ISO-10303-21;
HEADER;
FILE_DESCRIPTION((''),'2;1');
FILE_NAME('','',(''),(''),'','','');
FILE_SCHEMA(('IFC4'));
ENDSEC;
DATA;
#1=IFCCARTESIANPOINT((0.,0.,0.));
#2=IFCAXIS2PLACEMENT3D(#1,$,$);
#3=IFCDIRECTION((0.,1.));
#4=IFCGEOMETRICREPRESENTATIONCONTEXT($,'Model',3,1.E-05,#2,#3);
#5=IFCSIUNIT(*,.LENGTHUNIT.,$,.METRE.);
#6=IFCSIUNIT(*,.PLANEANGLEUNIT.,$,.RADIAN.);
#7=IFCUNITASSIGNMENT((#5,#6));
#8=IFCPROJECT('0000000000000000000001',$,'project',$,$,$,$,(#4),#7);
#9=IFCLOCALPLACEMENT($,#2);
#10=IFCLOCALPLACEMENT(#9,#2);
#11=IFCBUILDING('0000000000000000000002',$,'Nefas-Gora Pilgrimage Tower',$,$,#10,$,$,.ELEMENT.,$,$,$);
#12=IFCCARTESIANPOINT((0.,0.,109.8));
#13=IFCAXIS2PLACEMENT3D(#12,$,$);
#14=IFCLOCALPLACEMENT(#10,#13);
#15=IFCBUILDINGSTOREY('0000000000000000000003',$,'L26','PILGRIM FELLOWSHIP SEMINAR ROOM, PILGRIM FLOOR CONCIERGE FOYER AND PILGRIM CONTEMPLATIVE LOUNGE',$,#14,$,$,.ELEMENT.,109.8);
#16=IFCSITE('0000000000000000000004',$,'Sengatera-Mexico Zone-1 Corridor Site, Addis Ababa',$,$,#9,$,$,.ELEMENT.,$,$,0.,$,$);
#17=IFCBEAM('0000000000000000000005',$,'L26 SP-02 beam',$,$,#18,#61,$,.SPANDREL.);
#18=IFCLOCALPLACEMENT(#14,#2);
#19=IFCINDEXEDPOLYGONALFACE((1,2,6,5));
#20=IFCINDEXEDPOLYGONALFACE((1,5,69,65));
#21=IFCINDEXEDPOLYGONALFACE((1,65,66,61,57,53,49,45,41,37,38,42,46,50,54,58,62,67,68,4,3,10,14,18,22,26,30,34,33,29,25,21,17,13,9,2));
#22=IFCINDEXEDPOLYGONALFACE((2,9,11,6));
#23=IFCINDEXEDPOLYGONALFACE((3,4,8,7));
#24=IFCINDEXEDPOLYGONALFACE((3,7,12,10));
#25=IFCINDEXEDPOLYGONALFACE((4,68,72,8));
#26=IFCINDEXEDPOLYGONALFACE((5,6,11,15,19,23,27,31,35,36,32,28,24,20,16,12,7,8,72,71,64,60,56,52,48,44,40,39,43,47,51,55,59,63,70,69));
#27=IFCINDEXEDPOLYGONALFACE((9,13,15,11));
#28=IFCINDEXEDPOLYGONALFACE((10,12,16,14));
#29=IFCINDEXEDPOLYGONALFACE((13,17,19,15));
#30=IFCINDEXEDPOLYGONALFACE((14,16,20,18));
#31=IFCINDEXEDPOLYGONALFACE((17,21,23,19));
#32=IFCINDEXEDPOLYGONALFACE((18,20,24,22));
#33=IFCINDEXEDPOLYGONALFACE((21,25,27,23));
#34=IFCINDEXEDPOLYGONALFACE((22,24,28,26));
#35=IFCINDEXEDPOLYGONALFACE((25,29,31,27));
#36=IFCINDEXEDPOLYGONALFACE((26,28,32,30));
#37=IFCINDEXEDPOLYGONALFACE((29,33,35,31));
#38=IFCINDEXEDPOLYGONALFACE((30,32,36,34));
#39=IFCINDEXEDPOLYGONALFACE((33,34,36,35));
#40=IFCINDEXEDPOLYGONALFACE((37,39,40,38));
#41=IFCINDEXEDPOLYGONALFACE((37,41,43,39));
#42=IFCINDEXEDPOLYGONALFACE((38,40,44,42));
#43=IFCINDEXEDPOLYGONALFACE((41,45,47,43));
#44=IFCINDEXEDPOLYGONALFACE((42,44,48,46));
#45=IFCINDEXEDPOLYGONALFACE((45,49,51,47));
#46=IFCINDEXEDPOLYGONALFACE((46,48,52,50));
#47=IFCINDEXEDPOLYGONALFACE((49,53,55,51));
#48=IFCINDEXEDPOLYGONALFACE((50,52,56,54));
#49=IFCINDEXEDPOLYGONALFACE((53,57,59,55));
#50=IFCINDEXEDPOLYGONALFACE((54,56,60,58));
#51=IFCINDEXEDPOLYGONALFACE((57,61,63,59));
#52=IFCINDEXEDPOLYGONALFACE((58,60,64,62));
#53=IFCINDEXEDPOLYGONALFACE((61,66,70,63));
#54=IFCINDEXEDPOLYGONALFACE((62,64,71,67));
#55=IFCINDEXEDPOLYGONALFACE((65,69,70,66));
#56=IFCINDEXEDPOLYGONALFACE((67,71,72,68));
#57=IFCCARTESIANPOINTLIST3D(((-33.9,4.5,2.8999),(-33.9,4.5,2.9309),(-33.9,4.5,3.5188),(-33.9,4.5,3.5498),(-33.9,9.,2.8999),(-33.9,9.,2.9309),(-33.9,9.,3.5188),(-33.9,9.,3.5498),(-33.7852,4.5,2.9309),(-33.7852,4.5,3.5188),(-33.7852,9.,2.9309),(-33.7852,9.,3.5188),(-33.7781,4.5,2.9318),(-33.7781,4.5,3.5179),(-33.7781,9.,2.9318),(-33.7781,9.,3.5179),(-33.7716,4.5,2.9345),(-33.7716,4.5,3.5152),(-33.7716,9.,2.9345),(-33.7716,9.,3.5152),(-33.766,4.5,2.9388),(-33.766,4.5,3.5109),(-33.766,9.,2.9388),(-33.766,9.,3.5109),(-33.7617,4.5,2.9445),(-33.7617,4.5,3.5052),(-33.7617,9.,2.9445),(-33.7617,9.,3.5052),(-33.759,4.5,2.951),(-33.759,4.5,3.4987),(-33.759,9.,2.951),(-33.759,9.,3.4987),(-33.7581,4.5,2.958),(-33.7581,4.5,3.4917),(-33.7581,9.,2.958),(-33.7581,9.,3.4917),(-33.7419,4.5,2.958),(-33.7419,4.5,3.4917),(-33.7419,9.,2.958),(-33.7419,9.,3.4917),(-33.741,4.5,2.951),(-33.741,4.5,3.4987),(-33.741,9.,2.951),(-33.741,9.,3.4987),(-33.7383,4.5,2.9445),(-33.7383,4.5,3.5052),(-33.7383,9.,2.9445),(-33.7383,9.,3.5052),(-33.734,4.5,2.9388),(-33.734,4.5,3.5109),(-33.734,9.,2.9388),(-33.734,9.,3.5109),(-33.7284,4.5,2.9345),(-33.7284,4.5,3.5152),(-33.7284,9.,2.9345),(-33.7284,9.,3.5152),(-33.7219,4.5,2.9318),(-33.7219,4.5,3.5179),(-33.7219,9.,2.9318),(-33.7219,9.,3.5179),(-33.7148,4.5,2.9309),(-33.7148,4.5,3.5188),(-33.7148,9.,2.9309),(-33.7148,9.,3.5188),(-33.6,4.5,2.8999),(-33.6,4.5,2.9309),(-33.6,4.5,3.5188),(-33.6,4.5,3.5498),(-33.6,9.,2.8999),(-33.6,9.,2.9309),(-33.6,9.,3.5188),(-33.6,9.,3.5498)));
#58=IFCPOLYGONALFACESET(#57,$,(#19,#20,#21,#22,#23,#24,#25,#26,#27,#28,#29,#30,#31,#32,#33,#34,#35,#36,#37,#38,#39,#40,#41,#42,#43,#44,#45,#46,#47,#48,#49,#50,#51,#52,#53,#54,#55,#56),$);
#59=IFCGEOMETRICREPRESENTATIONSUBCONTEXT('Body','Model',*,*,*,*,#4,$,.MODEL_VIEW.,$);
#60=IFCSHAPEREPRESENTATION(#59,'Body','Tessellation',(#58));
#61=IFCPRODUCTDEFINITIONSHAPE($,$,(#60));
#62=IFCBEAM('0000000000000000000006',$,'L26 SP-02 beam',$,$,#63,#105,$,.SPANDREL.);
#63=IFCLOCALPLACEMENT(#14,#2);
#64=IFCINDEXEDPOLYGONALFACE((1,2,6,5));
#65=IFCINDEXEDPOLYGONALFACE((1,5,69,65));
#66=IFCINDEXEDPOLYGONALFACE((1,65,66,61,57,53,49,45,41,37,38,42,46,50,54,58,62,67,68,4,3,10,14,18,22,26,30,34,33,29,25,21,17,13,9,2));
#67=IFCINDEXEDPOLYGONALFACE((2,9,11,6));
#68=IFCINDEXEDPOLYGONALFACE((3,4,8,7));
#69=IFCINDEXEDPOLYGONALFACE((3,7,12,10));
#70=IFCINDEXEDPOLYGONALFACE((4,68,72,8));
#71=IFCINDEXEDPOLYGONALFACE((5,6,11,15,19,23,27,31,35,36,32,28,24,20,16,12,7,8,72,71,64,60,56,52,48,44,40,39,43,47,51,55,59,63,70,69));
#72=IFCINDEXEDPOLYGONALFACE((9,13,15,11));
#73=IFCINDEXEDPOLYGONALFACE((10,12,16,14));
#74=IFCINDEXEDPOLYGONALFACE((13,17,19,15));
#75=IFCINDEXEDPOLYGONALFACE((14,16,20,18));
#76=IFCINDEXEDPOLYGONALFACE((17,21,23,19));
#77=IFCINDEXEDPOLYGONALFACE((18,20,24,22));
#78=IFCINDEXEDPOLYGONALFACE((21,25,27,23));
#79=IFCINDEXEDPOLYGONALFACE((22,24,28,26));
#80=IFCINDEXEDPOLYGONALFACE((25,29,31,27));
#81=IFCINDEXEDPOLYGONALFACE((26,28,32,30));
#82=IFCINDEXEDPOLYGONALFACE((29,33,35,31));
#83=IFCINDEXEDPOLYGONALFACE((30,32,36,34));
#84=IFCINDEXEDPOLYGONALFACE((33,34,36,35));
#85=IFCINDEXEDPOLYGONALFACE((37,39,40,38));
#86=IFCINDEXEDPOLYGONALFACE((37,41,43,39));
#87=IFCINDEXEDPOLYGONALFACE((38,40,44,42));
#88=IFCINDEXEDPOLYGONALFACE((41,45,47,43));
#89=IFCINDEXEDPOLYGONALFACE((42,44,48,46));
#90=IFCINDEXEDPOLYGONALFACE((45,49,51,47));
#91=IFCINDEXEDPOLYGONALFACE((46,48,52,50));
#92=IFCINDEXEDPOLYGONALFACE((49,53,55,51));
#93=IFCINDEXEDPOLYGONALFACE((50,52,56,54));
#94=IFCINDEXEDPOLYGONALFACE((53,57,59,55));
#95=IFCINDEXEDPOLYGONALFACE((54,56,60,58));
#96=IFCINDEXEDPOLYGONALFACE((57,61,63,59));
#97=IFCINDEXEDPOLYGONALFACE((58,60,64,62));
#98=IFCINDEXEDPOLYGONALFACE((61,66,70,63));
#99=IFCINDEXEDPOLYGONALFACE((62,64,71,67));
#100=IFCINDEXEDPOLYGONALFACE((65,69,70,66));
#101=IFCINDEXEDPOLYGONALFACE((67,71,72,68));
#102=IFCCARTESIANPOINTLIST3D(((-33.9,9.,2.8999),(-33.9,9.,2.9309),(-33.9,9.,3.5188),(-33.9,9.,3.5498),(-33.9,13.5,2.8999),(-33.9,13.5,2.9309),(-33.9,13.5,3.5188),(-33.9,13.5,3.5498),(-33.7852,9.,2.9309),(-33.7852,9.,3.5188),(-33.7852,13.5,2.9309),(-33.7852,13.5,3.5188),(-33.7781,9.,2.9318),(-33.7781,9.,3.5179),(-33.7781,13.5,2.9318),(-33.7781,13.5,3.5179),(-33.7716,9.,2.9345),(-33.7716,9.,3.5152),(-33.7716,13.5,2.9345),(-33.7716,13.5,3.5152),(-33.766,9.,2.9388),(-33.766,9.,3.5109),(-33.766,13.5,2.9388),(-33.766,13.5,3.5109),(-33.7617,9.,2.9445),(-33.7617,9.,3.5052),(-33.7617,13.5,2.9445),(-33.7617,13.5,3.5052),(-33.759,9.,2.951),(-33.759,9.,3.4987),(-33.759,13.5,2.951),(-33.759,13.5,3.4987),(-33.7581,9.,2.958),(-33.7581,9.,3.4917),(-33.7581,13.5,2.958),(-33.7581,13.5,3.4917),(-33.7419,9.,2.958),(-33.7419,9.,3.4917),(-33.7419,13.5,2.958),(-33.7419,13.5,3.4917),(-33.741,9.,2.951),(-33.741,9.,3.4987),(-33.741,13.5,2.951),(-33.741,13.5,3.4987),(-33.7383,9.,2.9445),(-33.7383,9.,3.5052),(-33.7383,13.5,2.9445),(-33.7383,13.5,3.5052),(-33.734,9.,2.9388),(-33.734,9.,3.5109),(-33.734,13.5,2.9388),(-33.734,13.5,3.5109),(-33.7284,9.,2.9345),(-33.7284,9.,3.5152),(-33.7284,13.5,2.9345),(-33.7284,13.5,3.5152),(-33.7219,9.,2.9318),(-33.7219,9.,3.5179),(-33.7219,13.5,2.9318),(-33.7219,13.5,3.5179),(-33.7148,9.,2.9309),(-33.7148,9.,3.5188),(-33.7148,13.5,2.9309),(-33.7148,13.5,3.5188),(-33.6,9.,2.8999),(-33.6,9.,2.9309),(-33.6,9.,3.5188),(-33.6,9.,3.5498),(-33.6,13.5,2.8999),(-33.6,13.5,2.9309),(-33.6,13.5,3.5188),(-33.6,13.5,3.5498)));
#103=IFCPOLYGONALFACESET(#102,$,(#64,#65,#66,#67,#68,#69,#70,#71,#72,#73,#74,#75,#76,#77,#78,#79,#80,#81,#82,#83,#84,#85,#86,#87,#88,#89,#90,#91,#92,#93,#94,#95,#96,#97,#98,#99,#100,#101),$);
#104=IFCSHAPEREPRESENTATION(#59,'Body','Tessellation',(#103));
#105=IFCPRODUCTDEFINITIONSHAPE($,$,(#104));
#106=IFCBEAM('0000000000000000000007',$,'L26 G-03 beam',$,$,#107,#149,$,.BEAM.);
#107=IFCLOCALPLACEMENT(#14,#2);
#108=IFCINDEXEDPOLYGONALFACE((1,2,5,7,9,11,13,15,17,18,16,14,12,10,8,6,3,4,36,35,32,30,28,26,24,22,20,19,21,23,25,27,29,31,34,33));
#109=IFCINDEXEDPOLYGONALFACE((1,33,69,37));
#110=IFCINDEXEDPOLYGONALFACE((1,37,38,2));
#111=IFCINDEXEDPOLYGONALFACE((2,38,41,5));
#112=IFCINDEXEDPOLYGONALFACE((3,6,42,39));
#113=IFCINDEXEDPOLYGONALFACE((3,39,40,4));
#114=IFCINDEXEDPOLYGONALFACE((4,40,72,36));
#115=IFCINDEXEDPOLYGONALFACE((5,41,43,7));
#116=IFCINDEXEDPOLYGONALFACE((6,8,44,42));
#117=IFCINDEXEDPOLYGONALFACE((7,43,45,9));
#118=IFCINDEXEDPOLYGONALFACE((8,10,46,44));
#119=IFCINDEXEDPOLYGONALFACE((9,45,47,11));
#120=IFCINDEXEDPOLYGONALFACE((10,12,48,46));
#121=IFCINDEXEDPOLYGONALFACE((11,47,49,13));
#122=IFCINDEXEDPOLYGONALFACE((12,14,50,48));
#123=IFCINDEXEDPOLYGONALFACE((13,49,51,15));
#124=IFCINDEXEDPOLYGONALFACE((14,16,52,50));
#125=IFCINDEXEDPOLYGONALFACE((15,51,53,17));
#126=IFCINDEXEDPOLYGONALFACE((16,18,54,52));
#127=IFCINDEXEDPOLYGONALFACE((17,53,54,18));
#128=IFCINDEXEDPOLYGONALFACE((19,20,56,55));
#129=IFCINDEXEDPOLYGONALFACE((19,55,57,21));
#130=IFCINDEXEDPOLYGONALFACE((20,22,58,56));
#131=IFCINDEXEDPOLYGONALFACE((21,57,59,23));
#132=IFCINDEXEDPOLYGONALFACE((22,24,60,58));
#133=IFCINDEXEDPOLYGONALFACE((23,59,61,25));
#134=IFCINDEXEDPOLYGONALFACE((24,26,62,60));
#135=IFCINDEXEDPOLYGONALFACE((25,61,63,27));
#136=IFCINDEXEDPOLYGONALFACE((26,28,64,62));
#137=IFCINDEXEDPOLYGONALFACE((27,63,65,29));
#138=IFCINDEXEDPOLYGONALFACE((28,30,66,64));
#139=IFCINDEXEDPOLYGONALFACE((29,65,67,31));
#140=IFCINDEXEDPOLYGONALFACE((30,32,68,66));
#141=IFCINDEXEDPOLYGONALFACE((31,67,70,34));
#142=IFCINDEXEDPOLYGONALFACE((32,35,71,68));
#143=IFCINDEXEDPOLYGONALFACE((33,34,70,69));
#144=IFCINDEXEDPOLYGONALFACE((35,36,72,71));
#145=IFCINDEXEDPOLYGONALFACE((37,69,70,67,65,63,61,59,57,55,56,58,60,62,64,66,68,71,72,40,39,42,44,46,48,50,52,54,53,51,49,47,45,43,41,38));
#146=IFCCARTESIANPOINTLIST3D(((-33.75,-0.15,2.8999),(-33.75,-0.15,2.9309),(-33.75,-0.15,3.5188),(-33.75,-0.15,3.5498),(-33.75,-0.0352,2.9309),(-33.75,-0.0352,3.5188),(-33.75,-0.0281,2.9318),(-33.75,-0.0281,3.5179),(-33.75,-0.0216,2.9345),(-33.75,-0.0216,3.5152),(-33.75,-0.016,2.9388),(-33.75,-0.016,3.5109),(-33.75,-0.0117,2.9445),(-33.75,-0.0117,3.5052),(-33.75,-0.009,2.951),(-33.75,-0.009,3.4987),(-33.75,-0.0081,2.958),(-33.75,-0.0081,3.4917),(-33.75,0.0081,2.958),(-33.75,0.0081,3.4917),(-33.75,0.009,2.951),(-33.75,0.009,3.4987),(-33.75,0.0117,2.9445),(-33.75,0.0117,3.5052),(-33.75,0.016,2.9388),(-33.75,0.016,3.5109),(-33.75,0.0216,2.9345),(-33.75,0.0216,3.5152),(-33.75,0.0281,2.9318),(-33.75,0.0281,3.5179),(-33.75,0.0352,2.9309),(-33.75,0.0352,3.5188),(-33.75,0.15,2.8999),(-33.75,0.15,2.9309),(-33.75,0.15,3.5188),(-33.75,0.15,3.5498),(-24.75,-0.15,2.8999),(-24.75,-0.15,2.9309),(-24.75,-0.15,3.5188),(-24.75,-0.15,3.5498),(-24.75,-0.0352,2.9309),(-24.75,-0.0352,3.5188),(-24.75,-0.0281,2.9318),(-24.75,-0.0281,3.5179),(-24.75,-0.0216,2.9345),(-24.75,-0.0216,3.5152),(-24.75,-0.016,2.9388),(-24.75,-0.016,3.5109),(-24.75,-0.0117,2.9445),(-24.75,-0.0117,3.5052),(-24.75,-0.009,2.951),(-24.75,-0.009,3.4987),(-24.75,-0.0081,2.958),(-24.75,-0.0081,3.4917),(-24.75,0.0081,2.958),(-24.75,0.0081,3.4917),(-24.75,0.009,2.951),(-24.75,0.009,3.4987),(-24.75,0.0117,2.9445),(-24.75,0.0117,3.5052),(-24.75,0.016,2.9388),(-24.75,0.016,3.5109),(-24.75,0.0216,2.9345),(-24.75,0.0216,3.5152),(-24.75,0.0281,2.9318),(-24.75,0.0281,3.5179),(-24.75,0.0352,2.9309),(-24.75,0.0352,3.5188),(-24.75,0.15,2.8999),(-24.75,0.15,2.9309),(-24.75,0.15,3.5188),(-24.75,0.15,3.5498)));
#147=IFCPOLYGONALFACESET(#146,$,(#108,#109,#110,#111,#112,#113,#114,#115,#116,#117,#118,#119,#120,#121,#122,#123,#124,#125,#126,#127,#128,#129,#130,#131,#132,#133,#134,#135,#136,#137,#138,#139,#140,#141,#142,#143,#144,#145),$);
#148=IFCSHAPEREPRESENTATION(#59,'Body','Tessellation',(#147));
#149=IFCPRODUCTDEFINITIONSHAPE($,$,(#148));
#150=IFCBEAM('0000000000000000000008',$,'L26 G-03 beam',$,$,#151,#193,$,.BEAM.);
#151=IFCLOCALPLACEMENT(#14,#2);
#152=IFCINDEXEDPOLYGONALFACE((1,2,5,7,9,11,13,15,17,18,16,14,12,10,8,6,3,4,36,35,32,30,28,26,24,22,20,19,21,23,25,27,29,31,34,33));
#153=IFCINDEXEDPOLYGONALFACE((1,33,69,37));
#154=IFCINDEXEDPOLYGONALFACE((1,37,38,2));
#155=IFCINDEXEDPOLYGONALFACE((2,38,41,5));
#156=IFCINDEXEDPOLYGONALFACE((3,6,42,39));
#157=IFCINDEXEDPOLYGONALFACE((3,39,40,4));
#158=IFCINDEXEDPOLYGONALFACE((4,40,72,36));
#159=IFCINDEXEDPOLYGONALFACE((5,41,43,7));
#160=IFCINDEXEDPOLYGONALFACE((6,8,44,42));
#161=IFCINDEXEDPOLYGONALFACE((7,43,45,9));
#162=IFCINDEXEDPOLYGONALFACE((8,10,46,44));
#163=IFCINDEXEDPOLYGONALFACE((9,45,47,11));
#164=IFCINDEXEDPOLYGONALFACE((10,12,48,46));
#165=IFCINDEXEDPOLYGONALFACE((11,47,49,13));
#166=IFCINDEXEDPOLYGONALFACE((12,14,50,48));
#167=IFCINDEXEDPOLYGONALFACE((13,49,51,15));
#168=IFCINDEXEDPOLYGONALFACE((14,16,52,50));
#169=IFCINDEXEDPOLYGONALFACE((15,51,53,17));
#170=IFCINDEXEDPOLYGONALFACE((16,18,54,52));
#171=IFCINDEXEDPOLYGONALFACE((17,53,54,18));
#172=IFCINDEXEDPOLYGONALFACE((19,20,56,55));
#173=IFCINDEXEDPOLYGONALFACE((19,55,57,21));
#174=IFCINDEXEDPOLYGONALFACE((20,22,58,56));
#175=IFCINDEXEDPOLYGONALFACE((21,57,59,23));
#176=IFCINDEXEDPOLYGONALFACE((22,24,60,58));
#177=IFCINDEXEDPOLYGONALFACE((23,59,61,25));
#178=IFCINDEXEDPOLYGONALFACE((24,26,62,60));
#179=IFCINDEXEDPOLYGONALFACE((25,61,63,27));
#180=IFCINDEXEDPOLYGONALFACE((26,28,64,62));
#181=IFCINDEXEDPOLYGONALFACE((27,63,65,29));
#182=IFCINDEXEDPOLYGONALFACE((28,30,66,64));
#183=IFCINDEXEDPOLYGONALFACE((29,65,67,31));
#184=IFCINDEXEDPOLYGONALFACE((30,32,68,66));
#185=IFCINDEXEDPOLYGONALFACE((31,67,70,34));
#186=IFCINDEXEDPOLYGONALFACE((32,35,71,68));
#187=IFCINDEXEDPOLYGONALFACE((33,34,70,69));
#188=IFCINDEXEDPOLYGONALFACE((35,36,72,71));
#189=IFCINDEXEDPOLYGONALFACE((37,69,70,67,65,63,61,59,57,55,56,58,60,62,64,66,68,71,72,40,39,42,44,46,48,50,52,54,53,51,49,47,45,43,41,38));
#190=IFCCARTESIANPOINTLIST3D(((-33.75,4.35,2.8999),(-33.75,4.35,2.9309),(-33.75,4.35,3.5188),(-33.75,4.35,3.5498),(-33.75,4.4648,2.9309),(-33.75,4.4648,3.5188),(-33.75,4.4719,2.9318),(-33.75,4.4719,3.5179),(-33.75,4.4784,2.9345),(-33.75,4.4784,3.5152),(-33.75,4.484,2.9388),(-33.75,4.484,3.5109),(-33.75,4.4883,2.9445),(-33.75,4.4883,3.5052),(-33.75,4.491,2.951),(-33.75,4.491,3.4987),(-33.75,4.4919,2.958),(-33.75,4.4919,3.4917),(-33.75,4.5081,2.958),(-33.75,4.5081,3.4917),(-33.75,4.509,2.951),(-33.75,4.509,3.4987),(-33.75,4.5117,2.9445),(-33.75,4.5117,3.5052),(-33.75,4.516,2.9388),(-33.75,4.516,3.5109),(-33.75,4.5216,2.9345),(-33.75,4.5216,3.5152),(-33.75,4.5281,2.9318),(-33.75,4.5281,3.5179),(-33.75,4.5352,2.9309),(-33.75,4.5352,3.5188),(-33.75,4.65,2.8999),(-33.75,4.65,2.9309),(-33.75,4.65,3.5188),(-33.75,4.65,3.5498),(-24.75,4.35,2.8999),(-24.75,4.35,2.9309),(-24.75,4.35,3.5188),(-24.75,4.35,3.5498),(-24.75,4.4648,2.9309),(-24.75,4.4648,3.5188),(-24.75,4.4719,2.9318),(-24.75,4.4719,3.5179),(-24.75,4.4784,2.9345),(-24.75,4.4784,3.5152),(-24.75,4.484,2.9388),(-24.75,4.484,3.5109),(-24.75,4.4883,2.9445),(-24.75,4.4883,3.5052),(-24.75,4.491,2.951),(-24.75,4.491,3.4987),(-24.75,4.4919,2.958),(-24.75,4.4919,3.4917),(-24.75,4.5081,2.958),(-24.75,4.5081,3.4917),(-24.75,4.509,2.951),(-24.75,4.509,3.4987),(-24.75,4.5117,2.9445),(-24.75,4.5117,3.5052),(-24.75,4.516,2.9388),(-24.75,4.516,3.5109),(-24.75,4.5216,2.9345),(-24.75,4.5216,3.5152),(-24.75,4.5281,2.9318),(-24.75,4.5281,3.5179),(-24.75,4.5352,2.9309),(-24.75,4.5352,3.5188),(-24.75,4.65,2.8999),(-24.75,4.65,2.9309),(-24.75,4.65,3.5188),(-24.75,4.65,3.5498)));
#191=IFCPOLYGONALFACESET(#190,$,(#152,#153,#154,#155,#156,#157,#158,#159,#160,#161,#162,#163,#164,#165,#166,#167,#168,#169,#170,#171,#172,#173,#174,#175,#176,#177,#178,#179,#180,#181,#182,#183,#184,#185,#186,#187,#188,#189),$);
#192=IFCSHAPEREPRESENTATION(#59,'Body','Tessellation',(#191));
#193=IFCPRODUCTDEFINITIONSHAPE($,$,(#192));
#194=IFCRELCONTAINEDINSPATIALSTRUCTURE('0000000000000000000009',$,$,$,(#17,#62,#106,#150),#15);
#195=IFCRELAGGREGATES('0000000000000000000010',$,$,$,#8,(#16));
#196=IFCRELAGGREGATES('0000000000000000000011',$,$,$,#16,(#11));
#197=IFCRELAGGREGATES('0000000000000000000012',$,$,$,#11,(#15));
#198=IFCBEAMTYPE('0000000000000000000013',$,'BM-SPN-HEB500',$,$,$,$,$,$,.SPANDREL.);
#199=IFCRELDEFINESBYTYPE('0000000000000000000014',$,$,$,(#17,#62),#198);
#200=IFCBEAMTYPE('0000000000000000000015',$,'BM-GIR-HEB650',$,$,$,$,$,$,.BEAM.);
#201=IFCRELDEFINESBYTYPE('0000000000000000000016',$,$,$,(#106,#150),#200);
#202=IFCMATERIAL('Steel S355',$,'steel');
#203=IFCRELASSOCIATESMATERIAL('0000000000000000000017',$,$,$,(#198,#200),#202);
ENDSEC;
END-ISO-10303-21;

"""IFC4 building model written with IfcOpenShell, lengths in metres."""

from ifc_helpers import new_model, si_unit, direction, frame, origin, origin_2d, place, context, subcontext, project, spatial, i_section, extrude, source, transform, mapped, material, material_profile, profile_set, type_object, element, save


model = new_model("IFC4")

# Units and contexts
model_context = context("Model", 3, precision=1e-05, world=origin(), true_north=direction((0.0, 1.0)))
body_context = subcontext(model_context, "Body", "Model", "MODEL_VIEW")
ifc_project = project(units=[si_unit("LENGTHUNIT", "METRE"), si_unit("PLANEANGLEUNIT", "RADIAN")], contexts=[model_context])

# Site, building, storey
site_placement = place(None, origin())
site = spatial("IfcSite", under=ifc_project, at=site_placement, Name="Sengatera-Mexico Zone-1 Corridor Site, Addis Ababa", CompositionType="ELEMENT", RefElevation=0.0)
building_placement = place(site_placement, origin())
building = spatial("IfcBuilding", under=site, at=building_placement, Name="Nefas-Gora Pilgrimage Tower", CompositionType="ELEMENT")
storey_placement = place(building_placement, frame((0.0, 0.0, 109.8)))
storey = spatial("IfcBuildingStorey", under=building, at=storey_placement, Name="L26", Description="PILGRIM FELLOWSHIP SEMINAR ROOM, PILGRIM FLOOR CONCIERGE FOYER AND PILGRIM CONTEMPLATIVE LOUNGE", CompositionType="ELEMENT", Elevation=109.8)

# Beams
ifc_material_1 = material(Name="Steel S355", Category="steel")
ifc_material_profile_1 = material_profile(ifc_material_1, i_section(OverallWidth=0.3, OverallDepth=0.6499, WebThickness=0.0161, FlangeThickness=0.031, FilletRadius=0.0271, at=origin_2d()), Name="HEB 650")
ifc_profile_set_1 = profile_set([ifc_material_profile_1], Name="Steel S355")
beam_type_1 = type_object("IfcBeamType", Name="BM-SPN-HEB500", PredefinedType="SPANDREL", material=ifc_profile_set_1)
shared_shape_1 = source(origin(), body_context, "Body", "SweptSolid", [
    extrude(i_section(OverallWidth=0.3, OverallDepth=0.6499, WebThickness=0.0161, FlangeThickness=0.031, FilletRadius=0.0271, at=origin_2d()), origin(), (0.0, 0.0, 1.0), 4.5),
])
for number, where, z_axis, x_axis, name in (
    (1, (-33.75, 4.5, 3.2249), (0.0, 1.0, 0.0), (-1.0, 0.0, 0.0), "L26 SP-02 beam"),
    (2, (-33.75, 9.0, 3.2249), (0.0, 1.0, 0.0), (-1.0, 0.0, 0.0), "L26 SP-02 beam"),
):
    element("IfcBeam", number, at=place(storey_placement, frame(where, z_axis=z_axis, x_axis=x_axis)), inside=storey, type_object=beam_type_1, Name=name, PredefinedType="SPANDREL", context=body_context, shape_type="MappedRepresentation", body=[
        mapped(shared_shape_1, transform((0.0, 0.0, 0.0), x_axis=(1.0, 0.0, 0.0), y_axis=(0.0, 1.0, 0.0), z_axis=(0.0, 0.0, 1.0), scale=1.0)),
    ])
ifc_material_profile_2 = material_profile(ifc_material_1, i_section(OverallWidth=0.3, OverallDepth=0.6499, WebThickness=0.0161, FlangeThickness=0.031, FilletRadius=0.0271, at=origin_2d()), Name="HEB 650")
ifc_profile_set_2 = profile_set([ifc_material_profile_2], Name="Steel S355")
beam_type_2 = type_object("IfcBeamType", Name="BM-GIR-HEB650", PredefinedType="BEAM", material=ifc_profile_set_2)
shared_shape_2 = source(origin(), body_context, "Body", "SweptSolid", [
    extrude(i_section(OverallWidth=0.3, OverallDepth=0.6499, WebThickness=0.0161, FlangeThickness=0.031, FilletRadius=0.0271, at=origin_2d()), origin(), (0.0, 0.0, 1.0), 9.0),
])
for number, where, z_axis, x_axis, name in (
    (3, (-33.75, 0.0, 3.2249), (1.0, 0.0, 0.0), (0.0, 1.0, 0.0), "L26 G-03 beam"),
    (4, (-33.75, 4.5, 3.2249), (1.0, 0.0, 0.0), (0.0, 1.0, 0.0), "L26 G-03 beam"),
):
    element("IfcBeam", number, at=place(storey_placement, frame(where, z_axis=z_axis, x_axis=x_axis)), inside=storey, type_object=beam_type_2, Name=name, PredefinedType="BEAM", context=body_context, shape_type="MappedRepresentation", body=[
        mapped(shared_shape_2, transform((0.0, 0.0, 0.0), x_axis=(1.0, 0.0, 0.0), y_axis=(0.0, 1.0, 0.0), z_axis=(0.0, 0.0, 1.0), scale=1.0)),
    ])

save(model, "model.ifc")
